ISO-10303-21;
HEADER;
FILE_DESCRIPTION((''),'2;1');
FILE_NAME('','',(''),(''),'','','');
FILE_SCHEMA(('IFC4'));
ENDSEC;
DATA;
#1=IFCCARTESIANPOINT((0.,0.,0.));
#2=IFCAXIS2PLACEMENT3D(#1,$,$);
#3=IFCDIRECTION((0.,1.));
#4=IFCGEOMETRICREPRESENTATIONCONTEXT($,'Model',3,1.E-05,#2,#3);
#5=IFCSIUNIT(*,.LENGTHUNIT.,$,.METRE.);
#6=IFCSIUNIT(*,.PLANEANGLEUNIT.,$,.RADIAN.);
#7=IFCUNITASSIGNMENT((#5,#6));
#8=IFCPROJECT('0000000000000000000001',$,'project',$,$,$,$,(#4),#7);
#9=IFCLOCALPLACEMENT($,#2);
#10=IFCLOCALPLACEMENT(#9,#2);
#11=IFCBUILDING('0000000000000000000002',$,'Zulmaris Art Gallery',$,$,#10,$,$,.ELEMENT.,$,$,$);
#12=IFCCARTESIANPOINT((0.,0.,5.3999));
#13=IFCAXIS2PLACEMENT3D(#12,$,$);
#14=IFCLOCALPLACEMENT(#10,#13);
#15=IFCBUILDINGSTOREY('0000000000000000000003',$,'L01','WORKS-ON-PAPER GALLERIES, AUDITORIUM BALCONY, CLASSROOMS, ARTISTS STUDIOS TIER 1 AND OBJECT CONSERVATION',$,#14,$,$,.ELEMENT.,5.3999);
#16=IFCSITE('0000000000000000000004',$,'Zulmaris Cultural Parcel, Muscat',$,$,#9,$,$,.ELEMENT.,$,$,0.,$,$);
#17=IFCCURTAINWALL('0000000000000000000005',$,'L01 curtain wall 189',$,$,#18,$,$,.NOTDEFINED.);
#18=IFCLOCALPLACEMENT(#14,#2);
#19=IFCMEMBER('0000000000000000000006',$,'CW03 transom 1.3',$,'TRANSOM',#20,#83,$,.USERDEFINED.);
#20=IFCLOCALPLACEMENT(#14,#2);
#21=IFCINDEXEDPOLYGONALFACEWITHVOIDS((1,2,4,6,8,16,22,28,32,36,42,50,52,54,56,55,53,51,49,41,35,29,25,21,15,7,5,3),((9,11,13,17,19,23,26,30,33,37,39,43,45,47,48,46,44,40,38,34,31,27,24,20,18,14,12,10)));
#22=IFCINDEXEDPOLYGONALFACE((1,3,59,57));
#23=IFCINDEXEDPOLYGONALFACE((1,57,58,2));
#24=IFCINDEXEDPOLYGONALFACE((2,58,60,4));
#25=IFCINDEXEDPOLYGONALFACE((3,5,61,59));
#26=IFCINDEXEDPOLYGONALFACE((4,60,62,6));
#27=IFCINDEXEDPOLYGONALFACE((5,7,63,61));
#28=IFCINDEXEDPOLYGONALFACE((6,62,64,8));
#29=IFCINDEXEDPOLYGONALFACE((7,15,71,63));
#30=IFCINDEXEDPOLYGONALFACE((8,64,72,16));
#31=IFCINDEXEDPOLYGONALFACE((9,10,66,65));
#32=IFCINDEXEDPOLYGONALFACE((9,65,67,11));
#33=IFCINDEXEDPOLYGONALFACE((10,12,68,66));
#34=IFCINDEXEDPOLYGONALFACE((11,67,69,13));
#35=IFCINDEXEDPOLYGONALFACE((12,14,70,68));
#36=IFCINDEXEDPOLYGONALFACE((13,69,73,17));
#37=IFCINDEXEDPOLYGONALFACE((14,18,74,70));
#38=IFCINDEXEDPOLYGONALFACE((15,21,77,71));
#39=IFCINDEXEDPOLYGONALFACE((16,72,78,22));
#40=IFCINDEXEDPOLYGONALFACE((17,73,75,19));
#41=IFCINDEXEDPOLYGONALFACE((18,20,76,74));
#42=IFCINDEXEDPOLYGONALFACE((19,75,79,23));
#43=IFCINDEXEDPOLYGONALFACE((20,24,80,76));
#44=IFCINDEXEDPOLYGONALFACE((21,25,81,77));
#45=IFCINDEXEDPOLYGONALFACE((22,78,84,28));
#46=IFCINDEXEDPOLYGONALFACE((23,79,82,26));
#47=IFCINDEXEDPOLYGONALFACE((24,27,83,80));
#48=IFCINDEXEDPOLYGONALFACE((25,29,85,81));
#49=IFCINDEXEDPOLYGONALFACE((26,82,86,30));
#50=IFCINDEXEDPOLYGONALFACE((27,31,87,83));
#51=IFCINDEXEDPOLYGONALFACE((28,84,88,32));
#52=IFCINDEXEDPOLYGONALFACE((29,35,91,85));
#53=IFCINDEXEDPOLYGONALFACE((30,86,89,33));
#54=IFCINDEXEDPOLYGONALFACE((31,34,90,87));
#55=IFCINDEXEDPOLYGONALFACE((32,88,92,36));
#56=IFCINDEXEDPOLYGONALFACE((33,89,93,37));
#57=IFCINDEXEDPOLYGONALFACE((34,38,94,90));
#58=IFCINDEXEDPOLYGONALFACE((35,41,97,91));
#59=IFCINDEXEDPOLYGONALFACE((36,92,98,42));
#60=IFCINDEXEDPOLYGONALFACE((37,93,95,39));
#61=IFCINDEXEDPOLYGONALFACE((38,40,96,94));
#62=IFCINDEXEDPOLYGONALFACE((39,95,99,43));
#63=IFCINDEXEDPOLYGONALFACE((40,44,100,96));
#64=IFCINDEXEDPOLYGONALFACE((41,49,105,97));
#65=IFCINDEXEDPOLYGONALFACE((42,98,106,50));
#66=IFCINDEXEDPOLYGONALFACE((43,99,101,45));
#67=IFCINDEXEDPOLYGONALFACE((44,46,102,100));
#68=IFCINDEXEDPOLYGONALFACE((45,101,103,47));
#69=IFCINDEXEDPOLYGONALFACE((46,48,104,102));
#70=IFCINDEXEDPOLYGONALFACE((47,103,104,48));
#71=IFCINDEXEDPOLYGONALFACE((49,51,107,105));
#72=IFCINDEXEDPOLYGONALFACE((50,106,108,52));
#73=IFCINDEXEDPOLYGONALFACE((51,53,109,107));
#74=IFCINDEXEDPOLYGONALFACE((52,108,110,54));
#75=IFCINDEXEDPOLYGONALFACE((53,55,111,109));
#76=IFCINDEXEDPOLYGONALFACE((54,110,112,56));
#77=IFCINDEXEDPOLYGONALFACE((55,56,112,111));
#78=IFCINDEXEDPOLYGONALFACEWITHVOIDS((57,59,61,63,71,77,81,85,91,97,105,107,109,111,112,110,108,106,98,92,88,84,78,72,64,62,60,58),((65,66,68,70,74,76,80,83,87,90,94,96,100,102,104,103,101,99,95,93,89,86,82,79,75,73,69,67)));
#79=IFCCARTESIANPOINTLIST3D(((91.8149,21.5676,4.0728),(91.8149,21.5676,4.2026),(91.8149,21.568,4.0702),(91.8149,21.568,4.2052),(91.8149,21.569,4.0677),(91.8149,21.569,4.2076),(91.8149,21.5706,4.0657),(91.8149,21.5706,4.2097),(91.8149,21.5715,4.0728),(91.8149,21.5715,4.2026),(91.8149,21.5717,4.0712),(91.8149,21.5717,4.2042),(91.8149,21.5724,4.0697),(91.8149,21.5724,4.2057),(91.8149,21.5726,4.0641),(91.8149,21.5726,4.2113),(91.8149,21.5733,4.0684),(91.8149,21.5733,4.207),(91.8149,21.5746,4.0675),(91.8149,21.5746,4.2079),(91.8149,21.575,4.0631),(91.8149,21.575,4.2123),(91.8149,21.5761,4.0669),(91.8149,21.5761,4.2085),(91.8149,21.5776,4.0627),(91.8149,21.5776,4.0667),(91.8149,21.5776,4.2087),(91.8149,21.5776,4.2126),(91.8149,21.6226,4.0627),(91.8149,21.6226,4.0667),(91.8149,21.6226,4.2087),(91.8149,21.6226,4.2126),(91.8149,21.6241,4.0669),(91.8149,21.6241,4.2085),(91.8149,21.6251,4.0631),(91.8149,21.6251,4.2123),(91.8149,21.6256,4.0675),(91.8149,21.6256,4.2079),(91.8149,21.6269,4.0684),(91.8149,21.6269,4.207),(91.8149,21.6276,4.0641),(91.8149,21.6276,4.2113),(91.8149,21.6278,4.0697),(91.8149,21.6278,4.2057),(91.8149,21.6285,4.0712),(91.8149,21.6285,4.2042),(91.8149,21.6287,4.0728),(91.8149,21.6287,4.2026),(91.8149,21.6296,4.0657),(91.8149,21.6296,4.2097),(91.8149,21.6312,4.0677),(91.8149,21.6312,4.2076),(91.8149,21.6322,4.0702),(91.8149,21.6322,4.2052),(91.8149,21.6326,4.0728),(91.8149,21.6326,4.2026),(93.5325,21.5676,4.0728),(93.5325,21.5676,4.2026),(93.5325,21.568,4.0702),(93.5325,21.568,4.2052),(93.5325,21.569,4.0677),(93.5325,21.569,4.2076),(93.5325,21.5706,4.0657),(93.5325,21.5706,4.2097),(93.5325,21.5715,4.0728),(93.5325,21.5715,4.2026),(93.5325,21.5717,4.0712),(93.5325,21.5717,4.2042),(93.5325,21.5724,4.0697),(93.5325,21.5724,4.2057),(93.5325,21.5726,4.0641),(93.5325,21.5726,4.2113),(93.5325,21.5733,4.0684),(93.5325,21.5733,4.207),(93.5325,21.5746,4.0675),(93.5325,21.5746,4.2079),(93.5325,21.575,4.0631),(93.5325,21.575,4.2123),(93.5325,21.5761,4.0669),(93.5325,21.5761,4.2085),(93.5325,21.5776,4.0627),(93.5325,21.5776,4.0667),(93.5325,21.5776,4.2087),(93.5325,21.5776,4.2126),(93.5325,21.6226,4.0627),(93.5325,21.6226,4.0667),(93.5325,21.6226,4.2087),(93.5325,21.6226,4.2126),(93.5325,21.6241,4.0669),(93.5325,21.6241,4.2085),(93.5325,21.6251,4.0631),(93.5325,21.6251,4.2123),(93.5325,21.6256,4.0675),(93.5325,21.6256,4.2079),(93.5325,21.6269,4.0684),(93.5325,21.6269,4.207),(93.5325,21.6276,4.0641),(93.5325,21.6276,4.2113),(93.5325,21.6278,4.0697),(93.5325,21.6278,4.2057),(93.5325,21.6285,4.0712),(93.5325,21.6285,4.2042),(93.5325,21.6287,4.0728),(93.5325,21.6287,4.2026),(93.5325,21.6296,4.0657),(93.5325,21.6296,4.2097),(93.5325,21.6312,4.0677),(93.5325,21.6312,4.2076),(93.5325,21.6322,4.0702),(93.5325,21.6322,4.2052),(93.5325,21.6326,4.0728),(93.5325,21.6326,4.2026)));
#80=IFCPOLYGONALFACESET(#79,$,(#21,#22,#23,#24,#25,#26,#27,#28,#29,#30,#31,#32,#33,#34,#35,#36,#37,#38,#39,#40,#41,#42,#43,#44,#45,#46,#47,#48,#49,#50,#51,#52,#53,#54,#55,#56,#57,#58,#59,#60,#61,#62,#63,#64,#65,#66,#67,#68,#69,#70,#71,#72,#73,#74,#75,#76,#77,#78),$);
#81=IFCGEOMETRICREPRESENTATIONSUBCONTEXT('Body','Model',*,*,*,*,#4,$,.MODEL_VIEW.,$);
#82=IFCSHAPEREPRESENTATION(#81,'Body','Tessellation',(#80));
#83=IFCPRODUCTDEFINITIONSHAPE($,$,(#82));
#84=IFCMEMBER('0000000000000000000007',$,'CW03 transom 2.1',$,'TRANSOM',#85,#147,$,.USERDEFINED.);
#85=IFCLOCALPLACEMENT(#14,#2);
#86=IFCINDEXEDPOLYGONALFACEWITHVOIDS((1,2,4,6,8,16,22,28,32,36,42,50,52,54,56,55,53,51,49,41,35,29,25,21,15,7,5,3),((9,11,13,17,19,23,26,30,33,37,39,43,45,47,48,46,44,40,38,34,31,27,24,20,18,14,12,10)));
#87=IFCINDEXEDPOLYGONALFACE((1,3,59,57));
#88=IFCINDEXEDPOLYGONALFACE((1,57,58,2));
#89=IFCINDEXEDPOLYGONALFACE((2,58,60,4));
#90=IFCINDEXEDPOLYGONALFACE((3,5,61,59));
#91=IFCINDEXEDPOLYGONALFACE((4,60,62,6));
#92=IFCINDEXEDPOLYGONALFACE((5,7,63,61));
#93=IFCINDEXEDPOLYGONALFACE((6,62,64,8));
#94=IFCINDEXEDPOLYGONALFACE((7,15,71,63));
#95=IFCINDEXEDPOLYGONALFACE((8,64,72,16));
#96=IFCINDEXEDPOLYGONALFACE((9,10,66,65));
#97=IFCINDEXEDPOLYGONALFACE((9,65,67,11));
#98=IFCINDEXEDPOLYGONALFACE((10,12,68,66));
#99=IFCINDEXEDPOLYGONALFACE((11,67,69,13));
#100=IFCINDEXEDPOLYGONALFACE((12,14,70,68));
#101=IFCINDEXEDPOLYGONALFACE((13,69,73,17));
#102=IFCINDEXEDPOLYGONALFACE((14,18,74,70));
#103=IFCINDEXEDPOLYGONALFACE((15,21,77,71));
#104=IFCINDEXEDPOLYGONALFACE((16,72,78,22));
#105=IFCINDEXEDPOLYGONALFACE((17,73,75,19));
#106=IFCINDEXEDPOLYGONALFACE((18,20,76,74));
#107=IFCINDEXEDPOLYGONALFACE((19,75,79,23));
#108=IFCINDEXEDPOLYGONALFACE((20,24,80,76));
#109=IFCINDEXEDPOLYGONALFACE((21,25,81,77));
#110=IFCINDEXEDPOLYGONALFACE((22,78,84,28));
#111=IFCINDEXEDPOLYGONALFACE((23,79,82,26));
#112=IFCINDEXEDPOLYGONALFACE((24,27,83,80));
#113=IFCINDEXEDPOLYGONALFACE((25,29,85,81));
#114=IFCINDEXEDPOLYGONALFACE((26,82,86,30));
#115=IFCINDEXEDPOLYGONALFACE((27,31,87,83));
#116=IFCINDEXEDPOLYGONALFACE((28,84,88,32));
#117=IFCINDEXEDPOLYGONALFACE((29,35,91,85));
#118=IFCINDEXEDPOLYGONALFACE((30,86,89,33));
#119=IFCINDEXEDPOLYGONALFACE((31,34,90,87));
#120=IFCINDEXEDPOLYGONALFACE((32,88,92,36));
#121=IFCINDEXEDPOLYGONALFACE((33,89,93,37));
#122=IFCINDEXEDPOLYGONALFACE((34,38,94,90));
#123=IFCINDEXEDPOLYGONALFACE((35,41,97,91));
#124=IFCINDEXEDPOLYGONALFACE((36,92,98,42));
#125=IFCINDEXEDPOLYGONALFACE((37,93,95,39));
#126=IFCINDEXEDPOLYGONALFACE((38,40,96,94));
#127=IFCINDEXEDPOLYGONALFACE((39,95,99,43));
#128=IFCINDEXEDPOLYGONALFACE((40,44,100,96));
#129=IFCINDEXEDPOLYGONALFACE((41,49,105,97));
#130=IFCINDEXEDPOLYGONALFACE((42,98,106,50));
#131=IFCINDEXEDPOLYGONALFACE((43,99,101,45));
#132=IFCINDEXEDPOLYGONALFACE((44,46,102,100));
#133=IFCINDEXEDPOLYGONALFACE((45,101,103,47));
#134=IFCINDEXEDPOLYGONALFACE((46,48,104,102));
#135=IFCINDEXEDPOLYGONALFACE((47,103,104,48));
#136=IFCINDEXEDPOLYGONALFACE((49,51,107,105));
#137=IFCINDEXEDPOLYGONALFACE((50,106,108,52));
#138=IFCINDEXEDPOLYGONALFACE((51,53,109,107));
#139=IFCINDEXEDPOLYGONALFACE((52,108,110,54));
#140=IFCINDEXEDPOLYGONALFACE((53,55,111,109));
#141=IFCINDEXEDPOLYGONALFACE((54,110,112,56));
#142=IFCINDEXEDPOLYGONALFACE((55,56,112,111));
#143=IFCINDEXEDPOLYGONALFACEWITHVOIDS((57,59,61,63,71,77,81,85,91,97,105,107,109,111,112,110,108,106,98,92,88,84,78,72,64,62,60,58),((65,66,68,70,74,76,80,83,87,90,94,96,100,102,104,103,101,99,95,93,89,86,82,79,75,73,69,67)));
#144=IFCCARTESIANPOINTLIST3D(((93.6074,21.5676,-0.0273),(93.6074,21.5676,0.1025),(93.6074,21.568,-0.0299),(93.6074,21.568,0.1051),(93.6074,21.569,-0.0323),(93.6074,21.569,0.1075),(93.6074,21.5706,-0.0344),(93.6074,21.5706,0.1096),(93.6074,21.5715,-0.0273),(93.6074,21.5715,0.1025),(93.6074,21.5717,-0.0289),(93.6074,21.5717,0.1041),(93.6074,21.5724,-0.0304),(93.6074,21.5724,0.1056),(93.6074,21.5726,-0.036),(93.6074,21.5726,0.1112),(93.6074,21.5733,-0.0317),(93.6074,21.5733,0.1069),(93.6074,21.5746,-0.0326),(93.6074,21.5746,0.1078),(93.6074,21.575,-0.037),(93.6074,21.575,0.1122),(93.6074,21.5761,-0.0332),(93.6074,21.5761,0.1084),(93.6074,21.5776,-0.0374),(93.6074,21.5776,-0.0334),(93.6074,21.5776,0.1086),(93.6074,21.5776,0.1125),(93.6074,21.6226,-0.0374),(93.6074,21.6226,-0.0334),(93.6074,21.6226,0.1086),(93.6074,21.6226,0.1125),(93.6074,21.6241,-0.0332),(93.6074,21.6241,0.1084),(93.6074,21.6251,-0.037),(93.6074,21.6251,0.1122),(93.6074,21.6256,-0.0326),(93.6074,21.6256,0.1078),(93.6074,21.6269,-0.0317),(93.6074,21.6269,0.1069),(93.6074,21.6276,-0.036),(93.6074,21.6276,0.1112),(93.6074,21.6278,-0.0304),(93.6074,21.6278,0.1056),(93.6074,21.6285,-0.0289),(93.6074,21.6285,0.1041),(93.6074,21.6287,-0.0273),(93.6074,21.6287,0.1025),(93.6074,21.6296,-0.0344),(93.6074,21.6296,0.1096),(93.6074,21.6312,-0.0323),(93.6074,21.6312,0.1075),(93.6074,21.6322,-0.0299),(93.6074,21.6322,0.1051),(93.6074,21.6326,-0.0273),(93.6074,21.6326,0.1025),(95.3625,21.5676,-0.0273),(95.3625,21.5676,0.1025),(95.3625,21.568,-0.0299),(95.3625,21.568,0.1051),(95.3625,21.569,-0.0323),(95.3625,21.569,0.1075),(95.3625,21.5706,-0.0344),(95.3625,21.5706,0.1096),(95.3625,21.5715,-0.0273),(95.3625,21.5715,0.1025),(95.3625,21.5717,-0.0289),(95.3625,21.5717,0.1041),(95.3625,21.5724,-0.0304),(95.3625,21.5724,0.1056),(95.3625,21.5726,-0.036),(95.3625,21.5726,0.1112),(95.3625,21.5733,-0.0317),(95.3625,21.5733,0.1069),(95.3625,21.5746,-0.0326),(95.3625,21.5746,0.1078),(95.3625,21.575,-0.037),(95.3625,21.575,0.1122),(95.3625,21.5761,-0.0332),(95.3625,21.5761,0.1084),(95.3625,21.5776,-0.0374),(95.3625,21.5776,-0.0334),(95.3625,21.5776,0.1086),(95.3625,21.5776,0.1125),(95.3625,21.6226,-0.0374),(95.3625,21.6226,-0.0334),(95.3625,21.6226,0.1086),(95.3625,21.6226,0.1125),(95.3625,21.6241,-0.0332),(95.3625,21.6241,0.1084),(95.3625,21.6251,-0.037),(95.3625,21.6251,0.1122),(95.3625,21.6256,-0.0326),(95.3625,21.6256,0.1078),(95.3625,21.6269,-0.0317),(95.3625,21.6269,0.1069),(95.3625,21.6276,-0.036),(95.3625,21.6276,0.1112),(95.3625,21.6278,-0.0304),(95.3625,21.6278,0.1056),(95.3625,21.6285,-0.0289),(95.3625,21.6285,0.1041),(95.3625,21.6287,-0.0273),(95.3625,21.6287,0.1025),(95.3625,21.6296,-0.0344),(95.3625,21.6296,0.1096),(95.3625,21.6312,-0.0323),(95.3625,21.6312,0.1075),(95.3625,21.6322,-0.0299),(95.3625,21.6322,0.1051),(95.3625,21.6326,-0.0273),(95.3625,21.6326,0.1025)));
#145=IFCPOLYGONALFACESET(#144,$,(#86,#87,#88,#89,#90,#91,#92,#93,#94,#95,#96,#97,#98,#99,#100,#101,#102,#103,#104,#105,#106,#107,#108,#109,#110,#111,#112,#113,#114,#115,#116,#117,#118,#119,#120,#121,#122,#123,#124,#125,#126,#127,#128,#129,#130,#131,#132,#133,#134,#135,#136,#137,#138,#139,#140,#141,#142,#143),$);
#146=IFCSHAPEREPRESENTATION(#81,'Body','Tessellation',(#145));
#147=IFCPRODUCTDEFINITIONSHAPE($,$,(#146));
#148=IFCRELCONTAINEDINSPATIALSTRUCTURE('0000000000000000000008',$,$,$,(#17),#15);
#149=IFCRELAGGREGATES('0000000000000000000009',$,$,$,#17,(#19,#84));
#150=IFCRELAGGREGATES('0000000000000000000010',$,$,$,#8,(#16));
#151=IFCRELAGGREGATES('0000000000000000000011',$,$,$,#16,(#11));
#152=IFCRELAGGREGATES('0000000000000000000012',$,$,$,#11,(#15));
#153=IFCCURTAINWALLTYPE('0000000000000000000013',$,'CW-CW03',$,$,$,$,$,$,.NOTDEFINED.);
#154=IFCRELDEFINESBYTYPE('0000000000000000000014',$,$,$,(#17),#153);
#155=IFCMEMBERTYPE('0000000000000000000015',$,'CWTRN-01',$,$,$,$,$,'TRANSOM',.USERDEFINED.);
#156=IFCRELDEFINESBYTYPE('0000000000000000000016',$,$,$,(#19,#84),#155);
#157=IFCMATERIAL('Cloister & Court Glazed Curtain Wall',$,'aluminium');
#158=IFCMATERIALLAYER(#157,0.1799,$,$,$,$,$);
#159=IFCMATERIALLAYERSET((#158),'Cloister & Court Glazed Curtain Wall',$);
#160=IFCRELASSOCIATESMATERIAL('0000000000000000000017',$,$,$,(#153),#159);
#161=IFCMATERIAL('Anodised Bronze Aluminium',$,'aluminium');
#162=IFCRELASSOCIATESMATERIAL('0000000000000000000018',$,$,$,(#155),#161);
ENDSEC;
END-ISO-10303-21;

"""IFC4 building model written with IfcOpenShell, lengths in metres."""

from ifc_helpers import new_model, si_unit, direction, frame, origin, origin_2d, place, context, subcontext, project, spatial, hollow_rectangle, extrude, material, layer, layer_set, material_profile, profile_set, type_object, element, aggregate, save


model = new_model("IFC4")

# Units and contexts
model_context = context("Model", 3, precision=1e-05, world=origin(), true_north=direction((0.0, 1.0)))
body_context = subcontext(model_context, "Body", "Model", "MODEL_VIEW")
ifc_project = project(units=[si_unit("LENGTHUNIT", "METRE"), si_unit("PLANEANGLEUNIT", "RADIAN")], contexts=[model_context])

# Site, building, storey
site_placement = place(None, origin())
site = spatial("IfcSite", under=ifc_project, at=site_placement, Name="Zulmaris Cultural Parcel, Muscat", CompositionType="ELEMENT", RefElevation=0.0)
building_placement = place(site_placement, origin())
building = spatial("IfcBuilding", under=site, at=building_placement, Name="Zulmaris Art Gallery", CompositionType="ELEMENT")
storey_placement = place(building_placement, frame((0.0, 0.0, 5.3999)))
storey = spatial("IfcBuildingStorey", under=building, at=storey_placement, Name="L01", Description="WORKS-ON-PAPER GALLERIES, AUDITORIUM BALCONY, CLASSROOMS, ARTISTS STUDIOS TIER 1 AND OBJECT CONSERVATION", CompositionType="ELEMENT", Elevation=5.3999)

# Curtain wall, members
ifc_material_1 = material(Name="Cloister & Court Glazed Curtain Wall", Category="aluminium")
ifc_layer_1 = layer(ifc_material_1, 0.1799)
ifc_layer_set_1 = layer_set([ifc_layer_1], Name="Cloister & Court Glazed Curtain Wall")
curtain_wall_type = type_object("IfcCurtainWallType", Name="CW-CW03", PredefinedType="NOTDEFINED", material=ifc_layer_set_1)
curtain_wall_placement = place(storey_placement, origin())
curtain_wall = element("IfcCurtainWall", 1, at=curtain_wall_placement, inside=storey, type_object=curtain_wall_type, Name="L01 curtain wall 189", PredefinedType="NOTDEFINED")
ifc_material_2 = material(Name="Anodised Bronze Aluminium", Category="aluminium")
ifc_material_profile_1 = material_profile(ifc_material_2, hollow_rectangle(XDim=0.0649, YDim=0.1499, WallThickness=0.0039, InnerFilletRadius=0.0061, OuterFilletRadius=0.01, at=origin_2d()), Name="ALU 65x150x4")
ifc_profile_set_1 = profile_set([ifc_material_profile_1], Name="Anodised Bronze Aluminium")
member_type_1 = type_object("IfcMemberType", Name="CWTRN-01", ElementType="TRANSOM", PredefinedType="USERDEFINED", material=ifc_profile_set_1)
member_1_placement = place(storey_placement, frame((91.8149, 21.6001, 4.1377), z_axis=(1.0, 0.0, 0.0), x_axis=(0.0, 1.0, 0.0)))
member_1 = element("IfcMember", 2, at=member_1_placement, type_object=member_type_1, Name="CW03 transom 1.3", ObjectType="TRANSOM", PredefinedType="USERDEFINED", context=body_context, shape_type="SweptSolid", body=[
    extrude(hollow_rectangle(XDim=0.0649, YDim=0.1499, WallThickness=0.0039, InnerFilletRadius=0.0061, OuterFilletRadius=0.01, at=origin_2d()), origin(), (0.0, 0.0, 1.0), 1.7175),
])
member_2_placement = place(storey_placement, frame((93.6074, 21.6001, 0.0376), z_axis=(1.0, 0.0, 0.0), x_axis=(0.0, 1.0, 0.0)))
member_2 = element("IfcMember", 3, at=member_2_placement, type_object=member_type_1, Name="CW03 transom 2.1", ObjectType="TRANSOM", PredefinedType="USERDEFINED", context=body_context, shape_type="SweptSolid", body=[
    extrude(hollow_rectangle(XDim=0.0649, YDim=0.1499, WallThickness=0.0039, InnerFilletRadius=0.0061, OuterFilletRadius=0.01, at=origin_2d()), origin(), (0.0, 0.0, 1.0), 1.7551),
])
aggregate(curtain_wall, [member_1, member_2])

save(model, "model.ifc")
